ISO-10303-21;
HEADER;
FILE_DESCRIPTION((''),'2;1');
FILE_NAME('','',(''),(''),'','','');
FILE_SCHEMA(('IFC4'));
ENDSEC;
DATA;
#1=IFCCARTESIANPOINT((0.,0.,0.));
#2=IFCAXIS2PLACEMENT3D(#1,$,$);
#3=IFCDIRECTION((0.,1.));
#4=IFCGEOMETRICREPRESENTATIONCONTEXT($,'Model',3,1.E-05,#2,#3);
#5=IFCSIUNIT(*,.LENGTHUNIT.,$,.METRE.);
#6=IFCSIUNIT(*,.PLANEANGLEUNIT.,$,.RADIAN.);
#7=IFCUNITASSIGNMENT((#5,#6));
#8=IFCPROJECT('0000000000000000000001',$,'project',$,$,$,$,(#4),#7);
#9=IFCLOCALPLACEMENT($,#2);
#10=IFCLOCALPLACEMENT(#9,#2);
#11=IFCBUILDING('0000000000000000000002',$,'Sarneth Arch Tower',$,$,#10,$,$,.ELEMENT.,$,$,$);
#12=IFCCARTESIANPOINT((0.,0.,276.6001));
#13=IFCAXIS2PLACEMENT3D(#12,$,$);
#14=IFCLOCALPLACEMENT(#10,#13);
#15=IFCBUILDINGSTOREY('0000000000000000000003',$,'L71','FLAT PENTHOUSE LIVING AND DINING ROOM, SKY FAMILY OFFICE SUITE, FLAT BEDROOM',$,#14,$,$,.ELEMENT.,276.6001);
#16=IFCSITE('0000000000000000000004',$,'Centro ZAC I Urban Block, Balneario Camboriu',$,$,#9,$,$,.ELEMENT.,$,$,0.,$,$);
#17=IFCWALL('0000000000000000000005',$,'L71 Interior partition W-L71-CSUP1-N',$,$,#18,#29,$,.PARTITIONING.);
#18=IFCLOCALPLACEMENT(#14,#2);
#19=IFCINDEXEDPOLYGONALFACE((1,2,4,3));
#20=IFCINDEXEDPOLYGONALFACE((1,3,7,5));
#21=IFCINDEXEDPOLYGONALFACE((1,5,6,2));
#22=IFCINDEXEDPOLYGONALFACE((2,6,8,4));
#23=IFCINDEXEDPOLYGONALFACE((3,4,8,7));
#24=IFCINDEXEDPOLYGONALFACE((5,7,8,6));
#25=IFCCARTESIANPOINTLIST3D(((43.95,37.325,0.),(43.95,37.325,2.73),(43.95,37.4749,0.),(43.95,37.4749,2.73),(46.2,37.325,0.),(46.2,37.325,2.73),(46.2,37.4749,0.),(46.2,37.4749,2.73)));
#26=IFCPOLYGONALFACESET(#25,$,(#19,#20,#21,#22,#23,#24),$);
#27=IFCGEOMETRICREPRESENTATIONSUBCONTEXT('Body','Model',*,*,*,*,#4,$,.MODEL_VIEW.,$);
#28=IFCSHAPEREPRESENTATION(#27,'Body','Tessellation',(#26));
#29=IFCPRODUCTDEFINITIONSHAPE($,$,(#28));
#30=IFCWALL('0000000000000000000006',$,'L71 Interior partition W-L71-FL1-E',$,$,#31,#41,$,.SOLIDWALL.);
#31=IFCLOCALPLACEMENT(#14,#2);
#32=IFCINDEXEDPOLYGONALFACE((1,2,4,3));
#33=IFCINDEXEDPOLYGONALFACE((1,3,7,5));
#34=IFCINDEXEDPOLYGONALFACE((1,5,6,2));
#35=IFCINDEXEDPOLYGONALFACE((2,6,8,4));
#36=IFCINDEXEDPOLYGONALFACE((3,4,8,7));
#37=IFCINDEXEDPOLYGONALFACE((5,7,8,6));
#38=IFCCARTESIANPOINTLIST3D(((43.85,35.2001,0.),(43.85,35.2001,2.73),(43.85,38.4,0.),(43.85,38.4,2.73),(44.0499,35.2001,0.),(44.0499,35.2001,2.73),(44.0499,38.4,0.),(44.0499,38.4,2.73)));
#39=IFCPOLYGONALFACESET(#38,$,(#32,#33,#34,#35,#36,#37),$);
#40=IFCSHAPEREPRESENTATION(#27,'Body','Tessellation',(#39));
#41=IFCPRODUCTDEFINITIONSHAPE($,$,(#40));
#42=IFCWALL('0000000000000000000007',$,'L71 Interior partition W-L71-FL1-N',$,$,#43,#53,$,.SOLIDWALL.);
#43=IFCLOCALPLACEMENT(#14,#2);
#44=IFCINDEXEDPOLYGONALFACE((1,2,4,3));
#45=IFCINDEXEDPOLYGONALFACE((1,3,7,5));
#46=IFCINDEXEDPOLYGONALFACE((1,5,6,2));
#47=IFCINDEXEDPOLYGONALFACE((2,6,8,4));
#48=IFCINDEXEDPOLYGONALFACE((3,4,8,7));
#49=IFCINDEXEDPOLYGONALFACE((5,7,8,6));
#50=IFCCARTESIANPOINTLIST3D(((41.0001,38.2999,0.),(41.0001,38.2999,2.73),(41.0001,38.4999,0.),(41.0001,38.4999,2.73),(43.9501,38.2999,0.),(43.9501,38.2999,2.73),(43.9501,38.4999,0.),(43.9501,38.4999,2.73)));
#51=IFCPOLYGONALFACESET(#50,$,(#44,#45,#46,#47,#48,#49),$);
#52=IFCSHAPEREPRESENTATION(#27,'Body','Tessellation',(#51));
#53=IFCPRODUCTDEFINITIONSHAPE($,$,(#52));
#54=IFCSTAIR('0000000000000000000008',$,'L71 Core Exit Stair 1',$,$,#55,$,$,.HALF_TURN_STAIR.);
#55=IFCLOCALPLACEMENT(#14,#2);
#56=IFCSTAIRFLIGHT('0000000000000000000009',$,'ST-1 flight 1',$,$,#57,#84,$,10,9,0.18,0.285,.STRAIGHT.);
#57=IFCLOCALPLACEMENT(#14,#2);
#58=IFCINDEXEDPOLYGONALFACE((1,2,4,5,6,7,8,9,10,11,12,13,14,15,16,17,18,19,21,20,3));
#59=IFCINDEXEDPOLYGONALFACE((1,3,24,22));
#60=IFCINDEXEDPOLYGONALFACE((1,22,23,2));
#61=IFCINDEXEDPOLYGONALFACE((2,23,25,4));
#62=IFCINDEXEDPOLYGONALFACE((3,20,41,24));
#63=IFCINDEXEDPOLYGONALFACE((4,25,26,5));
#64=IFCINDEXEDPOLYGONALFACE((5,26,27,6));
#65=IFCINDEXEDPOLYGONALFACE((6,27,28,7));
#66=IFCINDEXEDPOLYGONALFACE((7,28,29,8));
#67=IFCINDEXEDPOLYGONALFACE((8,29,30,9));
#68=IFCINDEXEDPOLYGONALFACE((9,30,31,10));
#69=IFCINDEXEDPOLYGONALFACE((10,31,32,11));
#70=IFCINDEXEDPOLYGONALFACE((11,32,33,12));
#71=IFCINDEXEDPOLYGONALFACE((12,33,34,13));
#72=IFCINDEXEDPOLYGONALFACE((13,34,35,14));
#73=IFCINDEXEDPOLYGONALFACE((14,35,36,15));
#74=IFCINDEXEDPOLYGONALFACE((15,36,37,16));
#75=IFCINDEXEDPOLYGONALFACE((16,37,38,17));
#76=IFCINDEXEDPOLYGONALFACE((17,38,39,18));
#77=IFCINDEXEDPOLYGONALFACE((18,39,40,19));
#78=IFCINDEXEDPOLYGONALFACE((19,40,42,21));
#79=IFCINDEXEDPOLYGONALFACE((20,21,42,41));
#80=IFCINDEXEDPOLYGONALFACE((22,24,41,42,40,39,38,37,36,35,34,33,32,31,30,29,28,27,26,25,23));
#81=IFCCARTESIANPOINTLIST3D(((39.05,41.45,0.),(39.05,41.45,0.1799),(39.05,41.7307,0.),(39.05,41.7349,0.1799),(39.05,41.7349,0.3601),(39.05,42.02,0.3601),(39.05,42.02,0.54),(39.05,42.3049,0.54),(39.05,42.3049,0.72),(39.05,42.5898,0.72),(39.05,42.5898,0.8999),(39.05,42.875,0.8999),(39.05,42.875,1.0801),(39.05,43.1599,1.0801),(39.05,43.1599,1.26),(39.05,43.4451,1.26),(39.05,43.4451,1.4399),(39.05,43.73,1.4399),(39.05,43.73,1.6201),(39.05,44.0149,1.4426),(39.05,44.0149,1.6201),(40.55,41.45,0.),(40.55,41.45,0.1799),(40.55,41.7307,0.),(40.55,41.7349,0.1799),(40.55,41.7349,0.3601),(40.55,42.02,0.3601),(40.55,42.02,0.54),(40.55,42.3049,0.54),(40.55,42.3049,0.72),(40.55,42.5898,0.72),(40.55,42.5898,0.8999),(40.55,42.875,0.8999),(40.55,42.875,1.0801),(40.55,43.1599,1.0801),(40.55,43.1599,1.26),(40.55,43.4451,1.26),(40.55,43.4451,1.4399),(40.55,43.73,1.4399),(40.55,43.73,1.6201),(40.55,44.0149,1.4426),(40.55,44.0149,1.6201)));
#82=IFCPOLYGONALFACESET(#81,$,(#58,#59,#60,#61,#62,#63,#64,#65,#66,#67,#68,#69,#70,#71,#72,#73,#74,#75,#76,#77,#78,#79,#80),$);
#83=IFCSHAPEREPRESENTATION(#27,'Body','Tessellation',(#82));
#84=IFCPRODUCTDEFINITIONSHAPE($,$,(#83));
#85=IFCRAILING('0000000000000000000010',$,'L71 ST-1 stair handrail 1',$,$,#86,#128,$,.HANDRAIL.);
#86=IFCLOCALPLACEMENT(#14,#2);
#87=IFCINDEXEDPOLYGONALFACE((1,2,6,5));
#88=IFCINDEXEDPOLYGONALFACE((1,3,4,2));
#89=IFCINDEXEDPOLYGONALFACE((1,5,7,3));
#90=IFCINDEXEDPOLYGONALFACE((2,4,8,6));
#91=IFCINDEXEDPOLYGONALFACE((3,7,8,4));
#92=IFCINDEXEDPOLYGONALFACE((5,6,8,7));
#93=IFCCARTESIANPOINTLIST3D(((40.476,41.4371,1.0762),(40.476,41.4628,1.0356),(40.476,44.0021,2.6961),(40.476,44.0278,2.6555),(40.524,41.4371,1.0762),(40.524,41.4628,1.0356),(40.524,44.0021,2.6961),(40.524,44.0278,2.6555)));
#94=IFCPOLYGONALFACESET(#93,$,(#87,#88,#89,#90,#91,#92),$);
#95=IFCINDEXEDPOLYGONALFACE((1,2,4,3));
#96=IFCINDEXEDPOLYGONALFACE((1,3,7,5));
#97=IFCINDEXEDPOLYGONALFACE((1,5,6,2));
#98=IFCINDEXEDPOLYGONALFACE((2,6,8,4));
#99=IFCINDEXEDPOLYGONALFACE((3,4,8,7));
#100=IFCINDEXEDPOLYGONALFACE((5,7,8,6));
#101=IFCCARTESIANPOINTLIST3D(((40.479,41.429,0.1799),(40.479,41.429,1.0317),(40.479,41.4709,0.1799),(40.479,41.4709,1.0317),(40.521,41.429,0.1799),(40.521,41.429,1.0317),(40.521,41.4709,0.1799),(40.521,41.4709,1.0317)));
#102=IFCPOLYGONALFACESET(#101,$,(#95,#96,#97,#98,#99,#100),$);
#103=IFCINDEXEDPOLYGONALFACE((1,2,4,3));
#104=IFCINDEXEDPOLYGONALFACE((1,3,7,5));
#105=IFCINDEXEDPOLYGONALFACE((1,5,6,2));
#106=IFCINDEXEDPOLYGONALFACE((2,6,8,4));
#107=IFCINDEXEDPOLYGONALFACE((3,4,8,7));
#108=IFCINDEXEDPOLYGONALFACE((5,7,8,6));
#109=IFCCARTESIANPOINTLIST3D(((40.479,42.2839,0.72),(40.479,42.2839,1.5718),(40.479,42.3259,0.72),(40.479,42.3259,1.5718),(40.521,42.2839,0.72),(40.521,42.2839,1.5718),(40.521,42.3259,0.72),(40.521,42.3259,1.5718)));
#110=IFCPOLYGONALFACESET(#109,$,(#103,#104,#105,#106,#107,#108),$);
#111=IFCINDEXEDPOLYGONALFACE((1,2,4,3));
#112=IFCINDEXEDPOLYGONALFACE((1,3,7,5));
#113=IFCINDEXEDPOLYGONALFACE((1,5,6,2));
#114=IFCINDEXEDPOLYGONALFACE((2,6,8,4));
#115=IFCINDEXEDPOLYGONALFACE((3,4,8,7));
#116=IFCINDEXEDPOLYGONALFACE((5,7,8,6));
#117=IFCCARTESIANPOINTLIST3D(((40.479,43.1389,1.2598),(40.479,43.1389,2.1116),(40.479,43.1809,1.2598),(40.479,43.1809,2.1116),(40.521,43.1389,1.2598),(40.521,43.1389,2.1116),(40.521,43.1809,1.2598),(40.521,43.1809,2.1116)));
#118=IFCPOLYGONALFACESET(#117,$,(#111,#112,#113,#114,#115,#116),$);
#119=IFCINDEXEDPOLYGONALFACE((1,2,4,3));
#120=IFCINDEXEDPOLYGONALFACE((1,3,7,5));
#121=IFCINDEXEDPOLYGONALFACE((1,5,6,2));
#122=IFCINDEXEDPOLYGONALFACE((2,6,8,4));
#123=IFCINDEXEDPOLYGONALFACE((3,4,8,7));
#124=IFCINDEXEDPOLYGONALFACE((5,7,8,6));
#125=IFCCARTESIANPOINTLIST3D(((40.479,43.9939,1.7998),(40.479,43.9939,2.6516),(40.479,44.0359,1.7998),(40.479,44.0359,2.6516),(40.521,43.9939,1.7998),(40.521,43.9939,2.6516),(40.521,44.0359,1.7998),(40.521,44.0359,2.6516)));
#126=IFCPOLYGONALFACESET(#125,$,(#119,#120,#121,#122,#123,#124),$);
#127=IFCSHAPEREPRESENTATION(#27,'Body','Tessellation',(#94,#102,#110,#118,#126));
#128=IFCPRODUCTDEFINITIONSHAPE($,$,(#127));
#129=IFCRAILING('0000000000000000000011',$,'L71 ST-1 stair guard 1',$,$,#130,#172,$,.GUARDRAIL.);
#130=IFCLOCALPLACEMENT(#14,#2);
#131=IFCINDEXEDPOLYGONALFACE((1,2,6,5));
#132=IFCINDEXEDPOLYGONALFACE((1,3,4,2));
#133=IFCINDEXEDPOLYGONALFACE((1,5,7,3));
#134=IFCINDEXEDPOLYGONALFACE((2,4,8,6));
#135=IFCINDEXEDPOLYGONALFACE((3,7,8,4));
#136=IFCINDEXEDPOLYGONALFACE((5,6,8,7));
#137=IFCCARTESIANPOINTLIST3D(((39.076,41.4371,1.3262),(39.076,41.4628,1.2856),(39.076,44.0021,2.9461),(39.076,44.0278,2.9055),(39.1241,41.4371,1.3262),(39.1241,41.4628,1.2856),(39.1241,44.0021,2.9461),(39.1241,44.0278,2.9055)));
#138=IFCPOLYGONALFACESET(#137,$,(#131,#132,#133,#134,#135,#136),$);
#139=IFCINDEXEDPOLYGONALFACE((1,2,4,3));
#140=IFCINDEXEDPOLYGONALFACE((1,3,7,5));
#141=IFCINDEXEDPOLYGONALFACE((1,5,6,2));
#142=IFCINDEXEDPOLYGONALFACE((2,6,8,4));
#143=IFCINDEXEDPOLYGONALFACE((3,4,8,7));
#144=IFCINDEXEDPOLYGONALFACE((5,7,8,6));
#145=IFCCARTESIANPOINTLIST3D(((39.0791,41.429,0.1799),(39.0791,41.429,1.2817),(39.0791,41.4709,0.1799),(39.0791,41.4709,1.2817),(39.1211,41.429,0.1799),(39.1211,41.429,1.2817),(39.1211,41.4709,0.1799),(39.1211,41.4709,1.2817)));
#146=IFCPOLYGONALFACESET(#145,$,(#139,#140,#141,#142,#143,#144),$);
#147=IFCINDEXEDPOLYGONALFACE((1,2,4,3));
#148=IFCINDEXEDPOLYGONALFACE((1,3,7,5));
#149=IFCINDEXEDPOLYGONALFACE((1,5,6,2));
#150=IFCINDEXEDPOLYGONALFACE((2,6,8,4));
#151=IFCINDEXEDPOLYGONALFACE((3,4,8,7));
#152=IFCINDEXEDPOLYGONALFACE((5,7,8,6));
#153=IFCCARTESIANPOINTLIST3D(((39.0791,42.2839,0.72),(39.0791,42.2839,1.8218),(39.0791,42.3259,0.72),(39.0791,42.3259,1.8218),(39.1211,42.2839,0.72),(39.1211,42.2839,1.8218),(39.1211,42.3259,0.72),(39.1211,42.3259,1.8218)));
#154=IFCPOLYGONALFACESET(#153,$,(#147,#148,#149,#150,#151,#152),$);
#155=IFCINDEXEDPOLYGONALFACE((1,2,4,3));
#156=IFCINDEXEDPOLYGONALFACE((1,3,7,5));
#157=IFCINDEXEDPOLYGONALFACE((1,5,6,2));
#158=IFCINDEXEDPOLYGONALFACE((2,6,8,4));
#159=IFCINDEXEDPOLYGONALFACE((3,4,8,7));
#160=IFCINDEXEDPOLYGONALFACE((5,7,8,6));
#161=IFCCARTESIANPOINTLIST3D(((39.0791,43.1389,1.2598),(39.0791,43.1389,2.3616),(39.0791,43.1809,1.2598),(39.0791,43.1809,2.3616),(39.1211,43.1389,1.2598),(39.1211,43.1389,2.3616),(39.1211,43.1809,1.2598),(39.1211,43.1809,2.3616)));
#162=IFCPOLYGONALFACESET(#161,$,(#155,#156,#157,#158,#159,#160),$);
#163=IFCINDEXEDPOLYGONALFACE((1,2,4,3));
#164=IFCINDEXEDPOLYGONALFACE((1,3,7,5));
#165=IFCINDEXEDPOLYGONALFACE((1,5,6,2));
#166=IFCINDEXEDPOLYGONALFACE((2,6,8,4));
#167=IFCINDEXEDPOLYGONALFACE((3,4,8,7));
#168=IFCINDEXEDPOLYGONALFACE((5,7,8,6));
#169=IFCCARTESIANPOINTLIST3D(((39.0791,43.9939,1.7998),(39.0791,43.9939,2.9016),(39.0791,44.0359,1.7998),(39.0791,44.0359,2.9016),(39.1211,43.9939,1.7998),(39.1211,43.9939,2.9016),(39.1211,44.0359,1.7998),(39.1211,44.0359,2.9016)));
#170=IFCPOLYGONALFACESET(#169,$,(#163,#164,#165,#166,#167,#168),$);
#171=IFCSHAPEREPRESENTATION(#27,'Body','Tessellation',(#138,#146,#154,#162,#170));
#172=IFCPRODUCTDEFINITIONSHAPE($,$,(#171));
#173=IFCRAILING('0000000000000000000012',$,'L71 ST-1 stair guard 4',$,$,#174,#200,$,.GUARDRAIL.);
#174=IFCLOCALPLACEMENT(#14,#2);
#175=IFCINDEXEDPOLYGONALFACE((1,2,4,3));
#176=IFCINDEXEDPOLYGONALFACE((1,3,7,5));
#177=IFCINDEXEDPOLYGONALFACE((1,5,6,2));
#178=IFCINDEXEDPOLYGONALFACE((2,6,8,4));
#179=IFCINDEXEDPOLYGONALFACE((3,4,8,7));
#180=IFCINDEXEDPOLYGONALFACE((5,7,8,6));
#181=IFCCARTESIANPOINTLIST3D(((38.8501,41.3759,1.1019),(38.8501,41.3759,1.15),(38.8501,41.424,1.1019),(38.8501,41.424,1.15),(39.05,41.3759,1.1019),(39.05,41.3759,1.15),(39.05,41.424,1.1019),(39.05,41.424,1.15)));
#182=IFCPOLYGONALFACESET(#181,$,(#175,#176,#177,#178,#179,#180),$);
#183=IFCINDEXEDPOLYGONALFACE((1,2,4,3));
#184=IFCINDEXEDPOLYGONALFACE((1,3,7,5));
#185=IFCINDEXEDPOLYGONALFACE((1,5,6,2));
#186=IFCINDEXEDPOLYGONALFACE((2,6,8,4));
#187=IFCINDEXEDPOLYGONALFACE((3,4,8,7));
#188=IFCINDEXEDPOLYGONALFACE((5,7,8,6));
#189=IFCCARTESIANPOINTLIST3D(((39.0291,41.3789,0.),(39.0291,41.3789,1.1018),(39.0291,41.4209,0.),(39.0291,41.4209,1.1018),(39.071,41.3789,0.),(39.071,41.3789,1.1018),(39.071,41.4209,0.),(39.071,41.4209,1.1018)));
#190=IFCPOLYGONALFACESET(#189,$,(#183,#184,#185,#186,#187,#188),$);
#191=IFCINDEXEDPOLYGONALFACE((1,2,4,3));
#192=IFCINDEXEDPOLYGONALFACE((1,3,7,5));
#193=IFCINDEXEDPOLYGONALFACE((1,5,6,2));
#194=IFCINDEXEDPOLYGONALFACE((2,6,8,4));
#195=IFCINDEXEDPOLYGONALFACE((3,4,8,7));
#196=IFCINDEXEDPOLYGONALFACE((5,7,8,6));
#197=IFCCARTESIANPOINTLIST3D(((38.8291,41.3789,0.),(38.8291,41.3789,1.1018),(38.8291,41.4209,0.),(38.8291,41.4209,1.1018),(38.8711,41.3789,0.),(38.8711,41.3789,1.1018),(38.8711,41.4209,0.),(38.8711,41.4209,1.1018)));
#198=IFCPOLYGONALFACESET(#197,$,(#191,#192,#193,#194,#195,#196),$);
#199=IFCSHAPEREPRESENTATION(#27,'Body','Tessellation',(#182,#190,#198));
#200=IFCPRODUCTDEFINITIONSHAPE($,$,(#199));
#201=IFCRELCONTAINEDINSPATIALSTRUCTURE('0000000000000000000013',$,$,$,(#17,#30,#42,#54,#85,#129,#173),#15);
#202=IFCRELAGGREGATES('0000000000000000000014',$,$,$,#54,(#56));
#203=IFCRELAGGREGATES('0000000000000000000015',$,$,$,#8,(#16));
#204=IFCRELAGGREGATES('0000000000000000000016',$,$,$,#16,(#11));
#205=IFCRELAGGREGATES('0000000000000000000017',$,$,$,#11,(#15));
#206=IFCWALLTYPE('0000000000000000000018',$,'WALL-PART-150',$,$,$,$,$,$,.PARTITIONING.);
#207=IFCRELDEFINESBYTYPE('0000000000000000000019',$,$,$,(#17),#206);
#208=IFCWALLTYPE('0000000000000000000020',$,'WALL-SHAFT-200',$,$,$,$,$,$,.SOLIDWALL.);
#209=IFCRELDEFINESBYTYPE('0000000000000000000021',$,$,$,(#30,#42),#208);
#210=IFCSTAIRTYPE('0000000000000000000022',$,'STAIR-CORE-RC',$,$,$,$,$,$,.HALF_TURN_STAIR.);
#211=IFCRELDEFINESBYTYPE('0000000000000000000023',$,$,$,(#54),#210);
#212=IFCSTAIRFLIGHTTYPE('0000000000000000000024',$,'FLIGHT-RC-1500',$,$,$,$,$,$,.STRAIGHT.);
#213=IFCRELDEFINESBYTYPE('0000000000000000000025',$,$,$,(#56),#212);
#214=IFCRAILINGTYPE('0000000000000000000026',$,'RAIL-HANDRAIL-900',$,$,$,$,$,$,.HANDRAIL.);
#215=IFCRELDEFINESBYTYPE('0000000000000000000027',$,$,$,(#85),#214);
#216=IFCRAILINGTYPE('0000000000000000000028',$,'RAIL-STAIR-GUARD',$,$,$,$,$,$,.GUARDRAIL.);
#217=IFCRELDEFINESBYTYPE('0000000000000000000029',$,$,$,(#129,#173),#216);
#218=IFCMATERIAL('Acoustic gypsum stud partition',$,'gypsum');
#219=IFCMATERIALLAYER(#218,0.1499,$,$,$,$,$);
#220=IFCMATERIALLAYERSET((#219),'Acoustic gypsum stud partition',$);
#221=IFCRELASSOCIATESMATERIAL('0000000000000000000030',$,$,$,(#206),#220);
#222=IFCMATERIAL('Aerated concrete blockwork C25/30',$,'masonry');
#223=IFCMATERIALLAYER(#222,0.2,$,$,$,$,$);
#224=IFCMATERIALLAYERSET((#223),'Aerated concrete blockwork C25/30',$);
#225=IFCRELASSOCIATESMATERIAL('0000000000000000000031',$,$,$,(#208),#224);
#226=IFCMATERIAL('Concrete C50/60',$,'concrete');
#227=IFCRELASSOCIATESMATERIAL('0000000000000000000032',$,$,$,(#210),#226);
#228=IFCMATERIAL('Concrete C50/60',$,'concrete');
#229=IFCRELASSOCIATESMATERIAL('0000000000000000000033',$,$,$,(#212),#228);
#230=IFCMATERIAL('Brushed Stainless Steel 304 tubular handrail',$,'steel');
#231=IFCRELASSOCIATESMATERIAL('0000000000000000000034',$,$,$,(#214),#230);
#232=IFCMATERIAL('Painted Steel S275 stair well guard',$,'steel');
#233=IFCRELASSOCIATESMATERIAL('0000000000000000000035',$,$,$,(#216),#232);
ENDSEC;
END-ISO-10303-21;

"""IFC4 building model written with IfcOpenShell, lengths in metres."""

from ifc_helpers import new_model, si_unit, direction, frame, frame_2d, origin, origin_2d, place, context, subcontext, project, spatial, polyline, rectangle, outline, extrude, material, layer, layer_set, type_object, element, aggregate, save


model = new_model("IFC4")

# Units and contexts
model_context = context("Model", 3, precision=1e-05, world=origin(), true_north=direction((0.0, 1.0)))
body_context = subcontext(model_context, "Body", "Model", "MODEL_VIEW")
ifc_project = project(units=[si_unit("LENGTHUNIT", "METRE"), si_unit("PLANEANGLEUNIT", "RADIAN")], contexts=[model_context])

# Site, building, storey
site_placement = place(None, origin())
site = spatial("IfcSite", under=ifc_project, at=site_placement, Name="Centro ZAC I Urban Block, Balneario Camboriu", CompositionType="ELEMENT", RefElevation=0.0)
building_placement = place(site_placement, origin())
building = spatial("IfcBuilding", under=site, at=building_placement, Name="Sarneth Arch Tower", CompositionType="ELEMENT")
storey_placement = place(building_placement, frame((0.0, 0.0, 276.6001)))
storey = spatial("IfcBuildingStorey", under=building, at=storey_placement, Name="L71", Description="FLAT PENTHOUSE LIVING AND DINING ROOM, SKY FAMILY OFFICE SUITE, FLAT BEDROOM", CompositionType="ELEMENT", Elevation=276.6001)

# Shared definitions
ifc_material_1 = material(Name="Acoustic gypsum stud partition", Category="gypsum")
ifc_layer_1 = layer(ifc_material_1, 0.1499)
ifc_layer_set_1 = layer_set([ifc_layer_1], Name="Acoustic gypsum stud partition")
wall_type_1 = type_object("IfcWallType", Name="WALL-PART-150", PredefinedType="PARTITIONING", material=ifc_layer_set_1)

# Wall
wall_1_placement = place(storey_placement, frame((43.95, 37.3999, 0.0), z_axis=(0.0, 0.0, 1.0), x_axis=(1.0, 0.0, 0.0)))
element("IfcWall", 1, at=wall_1_placement, inside=storey, type_object=wall_type_1, Name="L71 Interior partition W-L71-CSUP1-N", PredefinedType="PARTITIONING", context=body_context, shape_type="SweptSolid", body=[
    extrude(rectangle(XDim=2.25, YDim=0.1499, at=frame_2d((1.125, 0.0))), origin(), (0.0, 0.0, 1.0), 2.73),
])

# Shared definitions
ifc_material_2 = material(Name="Aerated concrete blockwork C25/30", Category="masonry")
ifc_layer_2 = layer(ifc_material_2, 0.2)
ifc_layer_set_2 = layer_set([ifc_layer_2], Name="Aerated concrete blockwork C25/30")
wall_type_2 = type_object("IfcWallType", Name="WALL-SHAFT-200", PredefinedType="SOLIDWALL", material=ifc_layer_set_2)

# Walls
wall_2_placement = place(storey_placement, frame((43.95, 35.2, 0.0), z_axis=(0.0, 0.0, 1.0), x_axis=(0.0, 1.0, 0.0)))
element("IfcWall", 2, at=wall_2_placement, inside=storey, type_object=wall_type_2, Name="L71 Interior partition W-L71-FL1-E", PredefinedType="SOLIDWALL", context=body_context, shape_type="SweptSolid", body=[
    extrude(rectangle(XDim=3.2, YDim=0.2, at=frame_2d((1.6001, 0.0))), origin(), (0.0, 0.0, 1.0), 2.73),
])
wall_3_placement = place(storey_placement, frame((41.0, 38.3999, 0.0), z_axis=(0.0, 0.0, 1.0), x_axis=(1.0, 0.0, 0.0)))
element("IfcWall", 3, at=wall_3_placement, inside=storey, type_object=wall_type_2, Name="L71 Interior partition W-L71-FL1-N", PredefinedType="SOLIDWALL", context=body_context, shape_type="SweptSolid", body=[
    extrude(rectangle(XDim=2.95, YDim=0.2, at=frame_2d((1.4751, 0.0))), origin(), (0.0, 0.0, 1.0), 2.73),
])

# Stair, stair flight
ifc_material_3 = material(Name="Concrete C50/60", Category="concrete")
stair_type = type_object("IfcStairType", Name="STAIR-CORE-RC", PredefinedType="HALF_TURN_STAIR", material=ifc_material_3)
stair_placement = place(storey_placement, origin())
stair = element("IfcStair", 4, at=stair_placement, inside=storey, type_object=stair_type, Name="L71 Core Exit Stair 1", PredefinedType="HALF_TURN_STAIR")
ifc_material_4 = material(Name="Concrete C50/60", Category="concrete")
stair_flight_type = type_object("IfcStairFlightType", Name="FLIGHT-RC-1500", PredefinedType="STRAIGHT", material=ifc_material_4)
stair_flight_placement = place(storey_placement, frame((39.8, 41.45, 0.0), z_axis=(0.0, 0.0, 1.0), x_axis=(0.0, 1.0, 0.0)))
stair_flight = element("IfcStairFlight", 5, at=stair_flight_placement, type_object=stair_flight_type, Name="ST-1 flight 1", NumberOfRisers=10, NumberOfTreads=9, PredefinedType="STRAIGHT", RiserHeight=0.18, TreadLength=0.285, context=body_context, shape_type="SweptSolid", body=[
    extrude(outline(polyline([(0.0, 0.0), (0.0, 0.1799), (0.2849, 0.1799), (0.2849, 0.3601), (0.5701, 0.3601), (0.5701, 0.54), (0.855, 0.54), (0.855, 0.72), (1.1399, 0.72), (1.1399, 0.8999), (1.425, 0.8999), (1.425, 1.0801), (1.71, 1.0801), (1.71, 1.26), (1.9951, 1.26), (1.9951, 1.4399), (2.28, 1.4399), (2.28, 1.6201), (2.5649, 1.6201), (2.5649, 1.8), (2.5649, 1.4426), (0.2808, 0.0), (0.0, 0.0)])), frame((0.0, 0.75, 0.0), z_axis=(0.0, -1.0, 0.0), x_axis=(1.0, 0.0, 0.0)), (0.0, 0.0, 1.0), 1.5),
])
aggregate(stair, [stair_flight])

# Railings
ifc_material_5 = material(Name="Brushed Stainless Steel 304 tubular handrail", Category="steel")
railing_type_1 = type_object("IfcRailingType", Name="RAIL-HANDRAIL-900", PredefinedType="HANDRAIL", material=ifc_material_5)
railing_1_placement = place(storey_placement, frame((40.5, 41.45, 0.1799)))
element("IfcRailing", 6, at=railing_1_placement, inside=storey, type_object=railing_type_1, Name="L71 ST-1 stair handrail 1", PredefinedType="HANDRAIL", context=body_context, shape_type="SweptSolid", body=[
    extrude(rectangle(XDim=0.0481, YDim=0.0481, at=origin_2d()), frame((0.0, 0.0, 0.876), z_axis=(0.0, 0.845502, 0.533972), x_axis=(-1.0, 0.0, 0.0)), (0.0, 0.0, 1.0), 3.0337),
    extrude(rectangle(XDim=0.042, YDim=0.042, at=origin_2d()), origin(), (0.0, 0.0, 1.0), 0.8518),
    extrude(rectangle(XDim=0.042, YDim=0.042, at=origin_2d()), frame((0.0, 0.855, 0.54)), (0.0, 0.0, 1.0), 0.8518),
    extrude(rectangle(XDim=0.042, YDim=0.042, at=origin_2d()), frame((0.0, 1.71, 1.0798)), (0.0, 0.0, 1.0), 0.8518),
    extrude(rectangle(XDim=0.042, YDim=0.042, at=origin_2d()), frame((0.0, 2.5649, 1.6199)), (0.0, 0.0, 1.0), 0.8518),
])
ifc_material_6 = material(Name="Painted Steel S275 stair well guard", Category="steel")
railing_type_2 = type_object("IfcRailingType", Name="RAIL-STAIR-GUARD", PredefinedType="GUARDRAIL", material=ifc_material_6)
railing_2_placement = place(storey_placement, frame((39.1001, 41.45, 0.1799)))
element("IfcRailing", 7, at=railing_2_placement, inside=storey, type_object=railing_type_2, Name="L71 ST-1 stair guard 1", PredefinedType="GUARDRAIL", context=body_context, shape_type="SweptSolid", body=[
    extrude(rectangle(XDim=0.0481, YDim=0.0481, at=origin_2d()), frame((0.0, 0.0, 1.126), z_axis=(0.0, 0.845502, 0.533972), x_axis=(-1.0, 0.0, 0.0)), (0.0, 0.0, 1.0), 3.0337),
    extrude(rectangle(XDim=0.042, YDim=0.042, at=origin_2d()), origin(), (0.0, 0.0, 1.0), 1.1018),
    extrude(rectangle(XDim=0.042, YDim=0.042, at=origin_2d()), frame((0.0, 0.855, 0.54)), (0.0, 0.0, 1.0), 1.1018),
    extrude(rectangle(XDim=0.042, YDim=0.042, at=origin_2d()), frame((0.0, 1.71, 1.0798)), (0.0, 0.0, 1.0), 1.1018),
    extrude(rectangle(XDim=0.042, YDim=0.042, at=origin_2d()), frame((0.0, 2.5649, 1.6199)), (0.0, 0.0, 1.0), 1.1018),
])
railing_3_placement = place(storey_placement, frame((39.05, 41.3999, 0.0)))
element("IfcRailing", 8, at=railing_3_placement, inside=storey, type_object=railing_type_2, Name="L71 ST-1 stair guard 4", PredefinedType="GUARDRAIL", context=body_context, shape_type="SweptSolid", body=[
    extrude(rectangle(XDim=0.0481, YDim=0.0481, at=origin_2d()), frame((0.0, 0.0, 1.126), z_axis=(-1.0, 0.0, 0.0), x_axis=(0.0, -1.0, 0.0)), (0.0, 0.0, 1.0), 0.2),
    extrude(rectangle(XDim=0.042, YDim=0.042, at=origin_2d()), origin(), (0.0, 0.0, 1.0), 1.1018),
    extrude(rectangle(XDim=0.042, YDim=0.042, at=origin_2d()), frame((-0.2, 0.0, 0.0)), (0.0, 0.0, 1.0), 1.1018),
])

save(model, "model.ifc")
